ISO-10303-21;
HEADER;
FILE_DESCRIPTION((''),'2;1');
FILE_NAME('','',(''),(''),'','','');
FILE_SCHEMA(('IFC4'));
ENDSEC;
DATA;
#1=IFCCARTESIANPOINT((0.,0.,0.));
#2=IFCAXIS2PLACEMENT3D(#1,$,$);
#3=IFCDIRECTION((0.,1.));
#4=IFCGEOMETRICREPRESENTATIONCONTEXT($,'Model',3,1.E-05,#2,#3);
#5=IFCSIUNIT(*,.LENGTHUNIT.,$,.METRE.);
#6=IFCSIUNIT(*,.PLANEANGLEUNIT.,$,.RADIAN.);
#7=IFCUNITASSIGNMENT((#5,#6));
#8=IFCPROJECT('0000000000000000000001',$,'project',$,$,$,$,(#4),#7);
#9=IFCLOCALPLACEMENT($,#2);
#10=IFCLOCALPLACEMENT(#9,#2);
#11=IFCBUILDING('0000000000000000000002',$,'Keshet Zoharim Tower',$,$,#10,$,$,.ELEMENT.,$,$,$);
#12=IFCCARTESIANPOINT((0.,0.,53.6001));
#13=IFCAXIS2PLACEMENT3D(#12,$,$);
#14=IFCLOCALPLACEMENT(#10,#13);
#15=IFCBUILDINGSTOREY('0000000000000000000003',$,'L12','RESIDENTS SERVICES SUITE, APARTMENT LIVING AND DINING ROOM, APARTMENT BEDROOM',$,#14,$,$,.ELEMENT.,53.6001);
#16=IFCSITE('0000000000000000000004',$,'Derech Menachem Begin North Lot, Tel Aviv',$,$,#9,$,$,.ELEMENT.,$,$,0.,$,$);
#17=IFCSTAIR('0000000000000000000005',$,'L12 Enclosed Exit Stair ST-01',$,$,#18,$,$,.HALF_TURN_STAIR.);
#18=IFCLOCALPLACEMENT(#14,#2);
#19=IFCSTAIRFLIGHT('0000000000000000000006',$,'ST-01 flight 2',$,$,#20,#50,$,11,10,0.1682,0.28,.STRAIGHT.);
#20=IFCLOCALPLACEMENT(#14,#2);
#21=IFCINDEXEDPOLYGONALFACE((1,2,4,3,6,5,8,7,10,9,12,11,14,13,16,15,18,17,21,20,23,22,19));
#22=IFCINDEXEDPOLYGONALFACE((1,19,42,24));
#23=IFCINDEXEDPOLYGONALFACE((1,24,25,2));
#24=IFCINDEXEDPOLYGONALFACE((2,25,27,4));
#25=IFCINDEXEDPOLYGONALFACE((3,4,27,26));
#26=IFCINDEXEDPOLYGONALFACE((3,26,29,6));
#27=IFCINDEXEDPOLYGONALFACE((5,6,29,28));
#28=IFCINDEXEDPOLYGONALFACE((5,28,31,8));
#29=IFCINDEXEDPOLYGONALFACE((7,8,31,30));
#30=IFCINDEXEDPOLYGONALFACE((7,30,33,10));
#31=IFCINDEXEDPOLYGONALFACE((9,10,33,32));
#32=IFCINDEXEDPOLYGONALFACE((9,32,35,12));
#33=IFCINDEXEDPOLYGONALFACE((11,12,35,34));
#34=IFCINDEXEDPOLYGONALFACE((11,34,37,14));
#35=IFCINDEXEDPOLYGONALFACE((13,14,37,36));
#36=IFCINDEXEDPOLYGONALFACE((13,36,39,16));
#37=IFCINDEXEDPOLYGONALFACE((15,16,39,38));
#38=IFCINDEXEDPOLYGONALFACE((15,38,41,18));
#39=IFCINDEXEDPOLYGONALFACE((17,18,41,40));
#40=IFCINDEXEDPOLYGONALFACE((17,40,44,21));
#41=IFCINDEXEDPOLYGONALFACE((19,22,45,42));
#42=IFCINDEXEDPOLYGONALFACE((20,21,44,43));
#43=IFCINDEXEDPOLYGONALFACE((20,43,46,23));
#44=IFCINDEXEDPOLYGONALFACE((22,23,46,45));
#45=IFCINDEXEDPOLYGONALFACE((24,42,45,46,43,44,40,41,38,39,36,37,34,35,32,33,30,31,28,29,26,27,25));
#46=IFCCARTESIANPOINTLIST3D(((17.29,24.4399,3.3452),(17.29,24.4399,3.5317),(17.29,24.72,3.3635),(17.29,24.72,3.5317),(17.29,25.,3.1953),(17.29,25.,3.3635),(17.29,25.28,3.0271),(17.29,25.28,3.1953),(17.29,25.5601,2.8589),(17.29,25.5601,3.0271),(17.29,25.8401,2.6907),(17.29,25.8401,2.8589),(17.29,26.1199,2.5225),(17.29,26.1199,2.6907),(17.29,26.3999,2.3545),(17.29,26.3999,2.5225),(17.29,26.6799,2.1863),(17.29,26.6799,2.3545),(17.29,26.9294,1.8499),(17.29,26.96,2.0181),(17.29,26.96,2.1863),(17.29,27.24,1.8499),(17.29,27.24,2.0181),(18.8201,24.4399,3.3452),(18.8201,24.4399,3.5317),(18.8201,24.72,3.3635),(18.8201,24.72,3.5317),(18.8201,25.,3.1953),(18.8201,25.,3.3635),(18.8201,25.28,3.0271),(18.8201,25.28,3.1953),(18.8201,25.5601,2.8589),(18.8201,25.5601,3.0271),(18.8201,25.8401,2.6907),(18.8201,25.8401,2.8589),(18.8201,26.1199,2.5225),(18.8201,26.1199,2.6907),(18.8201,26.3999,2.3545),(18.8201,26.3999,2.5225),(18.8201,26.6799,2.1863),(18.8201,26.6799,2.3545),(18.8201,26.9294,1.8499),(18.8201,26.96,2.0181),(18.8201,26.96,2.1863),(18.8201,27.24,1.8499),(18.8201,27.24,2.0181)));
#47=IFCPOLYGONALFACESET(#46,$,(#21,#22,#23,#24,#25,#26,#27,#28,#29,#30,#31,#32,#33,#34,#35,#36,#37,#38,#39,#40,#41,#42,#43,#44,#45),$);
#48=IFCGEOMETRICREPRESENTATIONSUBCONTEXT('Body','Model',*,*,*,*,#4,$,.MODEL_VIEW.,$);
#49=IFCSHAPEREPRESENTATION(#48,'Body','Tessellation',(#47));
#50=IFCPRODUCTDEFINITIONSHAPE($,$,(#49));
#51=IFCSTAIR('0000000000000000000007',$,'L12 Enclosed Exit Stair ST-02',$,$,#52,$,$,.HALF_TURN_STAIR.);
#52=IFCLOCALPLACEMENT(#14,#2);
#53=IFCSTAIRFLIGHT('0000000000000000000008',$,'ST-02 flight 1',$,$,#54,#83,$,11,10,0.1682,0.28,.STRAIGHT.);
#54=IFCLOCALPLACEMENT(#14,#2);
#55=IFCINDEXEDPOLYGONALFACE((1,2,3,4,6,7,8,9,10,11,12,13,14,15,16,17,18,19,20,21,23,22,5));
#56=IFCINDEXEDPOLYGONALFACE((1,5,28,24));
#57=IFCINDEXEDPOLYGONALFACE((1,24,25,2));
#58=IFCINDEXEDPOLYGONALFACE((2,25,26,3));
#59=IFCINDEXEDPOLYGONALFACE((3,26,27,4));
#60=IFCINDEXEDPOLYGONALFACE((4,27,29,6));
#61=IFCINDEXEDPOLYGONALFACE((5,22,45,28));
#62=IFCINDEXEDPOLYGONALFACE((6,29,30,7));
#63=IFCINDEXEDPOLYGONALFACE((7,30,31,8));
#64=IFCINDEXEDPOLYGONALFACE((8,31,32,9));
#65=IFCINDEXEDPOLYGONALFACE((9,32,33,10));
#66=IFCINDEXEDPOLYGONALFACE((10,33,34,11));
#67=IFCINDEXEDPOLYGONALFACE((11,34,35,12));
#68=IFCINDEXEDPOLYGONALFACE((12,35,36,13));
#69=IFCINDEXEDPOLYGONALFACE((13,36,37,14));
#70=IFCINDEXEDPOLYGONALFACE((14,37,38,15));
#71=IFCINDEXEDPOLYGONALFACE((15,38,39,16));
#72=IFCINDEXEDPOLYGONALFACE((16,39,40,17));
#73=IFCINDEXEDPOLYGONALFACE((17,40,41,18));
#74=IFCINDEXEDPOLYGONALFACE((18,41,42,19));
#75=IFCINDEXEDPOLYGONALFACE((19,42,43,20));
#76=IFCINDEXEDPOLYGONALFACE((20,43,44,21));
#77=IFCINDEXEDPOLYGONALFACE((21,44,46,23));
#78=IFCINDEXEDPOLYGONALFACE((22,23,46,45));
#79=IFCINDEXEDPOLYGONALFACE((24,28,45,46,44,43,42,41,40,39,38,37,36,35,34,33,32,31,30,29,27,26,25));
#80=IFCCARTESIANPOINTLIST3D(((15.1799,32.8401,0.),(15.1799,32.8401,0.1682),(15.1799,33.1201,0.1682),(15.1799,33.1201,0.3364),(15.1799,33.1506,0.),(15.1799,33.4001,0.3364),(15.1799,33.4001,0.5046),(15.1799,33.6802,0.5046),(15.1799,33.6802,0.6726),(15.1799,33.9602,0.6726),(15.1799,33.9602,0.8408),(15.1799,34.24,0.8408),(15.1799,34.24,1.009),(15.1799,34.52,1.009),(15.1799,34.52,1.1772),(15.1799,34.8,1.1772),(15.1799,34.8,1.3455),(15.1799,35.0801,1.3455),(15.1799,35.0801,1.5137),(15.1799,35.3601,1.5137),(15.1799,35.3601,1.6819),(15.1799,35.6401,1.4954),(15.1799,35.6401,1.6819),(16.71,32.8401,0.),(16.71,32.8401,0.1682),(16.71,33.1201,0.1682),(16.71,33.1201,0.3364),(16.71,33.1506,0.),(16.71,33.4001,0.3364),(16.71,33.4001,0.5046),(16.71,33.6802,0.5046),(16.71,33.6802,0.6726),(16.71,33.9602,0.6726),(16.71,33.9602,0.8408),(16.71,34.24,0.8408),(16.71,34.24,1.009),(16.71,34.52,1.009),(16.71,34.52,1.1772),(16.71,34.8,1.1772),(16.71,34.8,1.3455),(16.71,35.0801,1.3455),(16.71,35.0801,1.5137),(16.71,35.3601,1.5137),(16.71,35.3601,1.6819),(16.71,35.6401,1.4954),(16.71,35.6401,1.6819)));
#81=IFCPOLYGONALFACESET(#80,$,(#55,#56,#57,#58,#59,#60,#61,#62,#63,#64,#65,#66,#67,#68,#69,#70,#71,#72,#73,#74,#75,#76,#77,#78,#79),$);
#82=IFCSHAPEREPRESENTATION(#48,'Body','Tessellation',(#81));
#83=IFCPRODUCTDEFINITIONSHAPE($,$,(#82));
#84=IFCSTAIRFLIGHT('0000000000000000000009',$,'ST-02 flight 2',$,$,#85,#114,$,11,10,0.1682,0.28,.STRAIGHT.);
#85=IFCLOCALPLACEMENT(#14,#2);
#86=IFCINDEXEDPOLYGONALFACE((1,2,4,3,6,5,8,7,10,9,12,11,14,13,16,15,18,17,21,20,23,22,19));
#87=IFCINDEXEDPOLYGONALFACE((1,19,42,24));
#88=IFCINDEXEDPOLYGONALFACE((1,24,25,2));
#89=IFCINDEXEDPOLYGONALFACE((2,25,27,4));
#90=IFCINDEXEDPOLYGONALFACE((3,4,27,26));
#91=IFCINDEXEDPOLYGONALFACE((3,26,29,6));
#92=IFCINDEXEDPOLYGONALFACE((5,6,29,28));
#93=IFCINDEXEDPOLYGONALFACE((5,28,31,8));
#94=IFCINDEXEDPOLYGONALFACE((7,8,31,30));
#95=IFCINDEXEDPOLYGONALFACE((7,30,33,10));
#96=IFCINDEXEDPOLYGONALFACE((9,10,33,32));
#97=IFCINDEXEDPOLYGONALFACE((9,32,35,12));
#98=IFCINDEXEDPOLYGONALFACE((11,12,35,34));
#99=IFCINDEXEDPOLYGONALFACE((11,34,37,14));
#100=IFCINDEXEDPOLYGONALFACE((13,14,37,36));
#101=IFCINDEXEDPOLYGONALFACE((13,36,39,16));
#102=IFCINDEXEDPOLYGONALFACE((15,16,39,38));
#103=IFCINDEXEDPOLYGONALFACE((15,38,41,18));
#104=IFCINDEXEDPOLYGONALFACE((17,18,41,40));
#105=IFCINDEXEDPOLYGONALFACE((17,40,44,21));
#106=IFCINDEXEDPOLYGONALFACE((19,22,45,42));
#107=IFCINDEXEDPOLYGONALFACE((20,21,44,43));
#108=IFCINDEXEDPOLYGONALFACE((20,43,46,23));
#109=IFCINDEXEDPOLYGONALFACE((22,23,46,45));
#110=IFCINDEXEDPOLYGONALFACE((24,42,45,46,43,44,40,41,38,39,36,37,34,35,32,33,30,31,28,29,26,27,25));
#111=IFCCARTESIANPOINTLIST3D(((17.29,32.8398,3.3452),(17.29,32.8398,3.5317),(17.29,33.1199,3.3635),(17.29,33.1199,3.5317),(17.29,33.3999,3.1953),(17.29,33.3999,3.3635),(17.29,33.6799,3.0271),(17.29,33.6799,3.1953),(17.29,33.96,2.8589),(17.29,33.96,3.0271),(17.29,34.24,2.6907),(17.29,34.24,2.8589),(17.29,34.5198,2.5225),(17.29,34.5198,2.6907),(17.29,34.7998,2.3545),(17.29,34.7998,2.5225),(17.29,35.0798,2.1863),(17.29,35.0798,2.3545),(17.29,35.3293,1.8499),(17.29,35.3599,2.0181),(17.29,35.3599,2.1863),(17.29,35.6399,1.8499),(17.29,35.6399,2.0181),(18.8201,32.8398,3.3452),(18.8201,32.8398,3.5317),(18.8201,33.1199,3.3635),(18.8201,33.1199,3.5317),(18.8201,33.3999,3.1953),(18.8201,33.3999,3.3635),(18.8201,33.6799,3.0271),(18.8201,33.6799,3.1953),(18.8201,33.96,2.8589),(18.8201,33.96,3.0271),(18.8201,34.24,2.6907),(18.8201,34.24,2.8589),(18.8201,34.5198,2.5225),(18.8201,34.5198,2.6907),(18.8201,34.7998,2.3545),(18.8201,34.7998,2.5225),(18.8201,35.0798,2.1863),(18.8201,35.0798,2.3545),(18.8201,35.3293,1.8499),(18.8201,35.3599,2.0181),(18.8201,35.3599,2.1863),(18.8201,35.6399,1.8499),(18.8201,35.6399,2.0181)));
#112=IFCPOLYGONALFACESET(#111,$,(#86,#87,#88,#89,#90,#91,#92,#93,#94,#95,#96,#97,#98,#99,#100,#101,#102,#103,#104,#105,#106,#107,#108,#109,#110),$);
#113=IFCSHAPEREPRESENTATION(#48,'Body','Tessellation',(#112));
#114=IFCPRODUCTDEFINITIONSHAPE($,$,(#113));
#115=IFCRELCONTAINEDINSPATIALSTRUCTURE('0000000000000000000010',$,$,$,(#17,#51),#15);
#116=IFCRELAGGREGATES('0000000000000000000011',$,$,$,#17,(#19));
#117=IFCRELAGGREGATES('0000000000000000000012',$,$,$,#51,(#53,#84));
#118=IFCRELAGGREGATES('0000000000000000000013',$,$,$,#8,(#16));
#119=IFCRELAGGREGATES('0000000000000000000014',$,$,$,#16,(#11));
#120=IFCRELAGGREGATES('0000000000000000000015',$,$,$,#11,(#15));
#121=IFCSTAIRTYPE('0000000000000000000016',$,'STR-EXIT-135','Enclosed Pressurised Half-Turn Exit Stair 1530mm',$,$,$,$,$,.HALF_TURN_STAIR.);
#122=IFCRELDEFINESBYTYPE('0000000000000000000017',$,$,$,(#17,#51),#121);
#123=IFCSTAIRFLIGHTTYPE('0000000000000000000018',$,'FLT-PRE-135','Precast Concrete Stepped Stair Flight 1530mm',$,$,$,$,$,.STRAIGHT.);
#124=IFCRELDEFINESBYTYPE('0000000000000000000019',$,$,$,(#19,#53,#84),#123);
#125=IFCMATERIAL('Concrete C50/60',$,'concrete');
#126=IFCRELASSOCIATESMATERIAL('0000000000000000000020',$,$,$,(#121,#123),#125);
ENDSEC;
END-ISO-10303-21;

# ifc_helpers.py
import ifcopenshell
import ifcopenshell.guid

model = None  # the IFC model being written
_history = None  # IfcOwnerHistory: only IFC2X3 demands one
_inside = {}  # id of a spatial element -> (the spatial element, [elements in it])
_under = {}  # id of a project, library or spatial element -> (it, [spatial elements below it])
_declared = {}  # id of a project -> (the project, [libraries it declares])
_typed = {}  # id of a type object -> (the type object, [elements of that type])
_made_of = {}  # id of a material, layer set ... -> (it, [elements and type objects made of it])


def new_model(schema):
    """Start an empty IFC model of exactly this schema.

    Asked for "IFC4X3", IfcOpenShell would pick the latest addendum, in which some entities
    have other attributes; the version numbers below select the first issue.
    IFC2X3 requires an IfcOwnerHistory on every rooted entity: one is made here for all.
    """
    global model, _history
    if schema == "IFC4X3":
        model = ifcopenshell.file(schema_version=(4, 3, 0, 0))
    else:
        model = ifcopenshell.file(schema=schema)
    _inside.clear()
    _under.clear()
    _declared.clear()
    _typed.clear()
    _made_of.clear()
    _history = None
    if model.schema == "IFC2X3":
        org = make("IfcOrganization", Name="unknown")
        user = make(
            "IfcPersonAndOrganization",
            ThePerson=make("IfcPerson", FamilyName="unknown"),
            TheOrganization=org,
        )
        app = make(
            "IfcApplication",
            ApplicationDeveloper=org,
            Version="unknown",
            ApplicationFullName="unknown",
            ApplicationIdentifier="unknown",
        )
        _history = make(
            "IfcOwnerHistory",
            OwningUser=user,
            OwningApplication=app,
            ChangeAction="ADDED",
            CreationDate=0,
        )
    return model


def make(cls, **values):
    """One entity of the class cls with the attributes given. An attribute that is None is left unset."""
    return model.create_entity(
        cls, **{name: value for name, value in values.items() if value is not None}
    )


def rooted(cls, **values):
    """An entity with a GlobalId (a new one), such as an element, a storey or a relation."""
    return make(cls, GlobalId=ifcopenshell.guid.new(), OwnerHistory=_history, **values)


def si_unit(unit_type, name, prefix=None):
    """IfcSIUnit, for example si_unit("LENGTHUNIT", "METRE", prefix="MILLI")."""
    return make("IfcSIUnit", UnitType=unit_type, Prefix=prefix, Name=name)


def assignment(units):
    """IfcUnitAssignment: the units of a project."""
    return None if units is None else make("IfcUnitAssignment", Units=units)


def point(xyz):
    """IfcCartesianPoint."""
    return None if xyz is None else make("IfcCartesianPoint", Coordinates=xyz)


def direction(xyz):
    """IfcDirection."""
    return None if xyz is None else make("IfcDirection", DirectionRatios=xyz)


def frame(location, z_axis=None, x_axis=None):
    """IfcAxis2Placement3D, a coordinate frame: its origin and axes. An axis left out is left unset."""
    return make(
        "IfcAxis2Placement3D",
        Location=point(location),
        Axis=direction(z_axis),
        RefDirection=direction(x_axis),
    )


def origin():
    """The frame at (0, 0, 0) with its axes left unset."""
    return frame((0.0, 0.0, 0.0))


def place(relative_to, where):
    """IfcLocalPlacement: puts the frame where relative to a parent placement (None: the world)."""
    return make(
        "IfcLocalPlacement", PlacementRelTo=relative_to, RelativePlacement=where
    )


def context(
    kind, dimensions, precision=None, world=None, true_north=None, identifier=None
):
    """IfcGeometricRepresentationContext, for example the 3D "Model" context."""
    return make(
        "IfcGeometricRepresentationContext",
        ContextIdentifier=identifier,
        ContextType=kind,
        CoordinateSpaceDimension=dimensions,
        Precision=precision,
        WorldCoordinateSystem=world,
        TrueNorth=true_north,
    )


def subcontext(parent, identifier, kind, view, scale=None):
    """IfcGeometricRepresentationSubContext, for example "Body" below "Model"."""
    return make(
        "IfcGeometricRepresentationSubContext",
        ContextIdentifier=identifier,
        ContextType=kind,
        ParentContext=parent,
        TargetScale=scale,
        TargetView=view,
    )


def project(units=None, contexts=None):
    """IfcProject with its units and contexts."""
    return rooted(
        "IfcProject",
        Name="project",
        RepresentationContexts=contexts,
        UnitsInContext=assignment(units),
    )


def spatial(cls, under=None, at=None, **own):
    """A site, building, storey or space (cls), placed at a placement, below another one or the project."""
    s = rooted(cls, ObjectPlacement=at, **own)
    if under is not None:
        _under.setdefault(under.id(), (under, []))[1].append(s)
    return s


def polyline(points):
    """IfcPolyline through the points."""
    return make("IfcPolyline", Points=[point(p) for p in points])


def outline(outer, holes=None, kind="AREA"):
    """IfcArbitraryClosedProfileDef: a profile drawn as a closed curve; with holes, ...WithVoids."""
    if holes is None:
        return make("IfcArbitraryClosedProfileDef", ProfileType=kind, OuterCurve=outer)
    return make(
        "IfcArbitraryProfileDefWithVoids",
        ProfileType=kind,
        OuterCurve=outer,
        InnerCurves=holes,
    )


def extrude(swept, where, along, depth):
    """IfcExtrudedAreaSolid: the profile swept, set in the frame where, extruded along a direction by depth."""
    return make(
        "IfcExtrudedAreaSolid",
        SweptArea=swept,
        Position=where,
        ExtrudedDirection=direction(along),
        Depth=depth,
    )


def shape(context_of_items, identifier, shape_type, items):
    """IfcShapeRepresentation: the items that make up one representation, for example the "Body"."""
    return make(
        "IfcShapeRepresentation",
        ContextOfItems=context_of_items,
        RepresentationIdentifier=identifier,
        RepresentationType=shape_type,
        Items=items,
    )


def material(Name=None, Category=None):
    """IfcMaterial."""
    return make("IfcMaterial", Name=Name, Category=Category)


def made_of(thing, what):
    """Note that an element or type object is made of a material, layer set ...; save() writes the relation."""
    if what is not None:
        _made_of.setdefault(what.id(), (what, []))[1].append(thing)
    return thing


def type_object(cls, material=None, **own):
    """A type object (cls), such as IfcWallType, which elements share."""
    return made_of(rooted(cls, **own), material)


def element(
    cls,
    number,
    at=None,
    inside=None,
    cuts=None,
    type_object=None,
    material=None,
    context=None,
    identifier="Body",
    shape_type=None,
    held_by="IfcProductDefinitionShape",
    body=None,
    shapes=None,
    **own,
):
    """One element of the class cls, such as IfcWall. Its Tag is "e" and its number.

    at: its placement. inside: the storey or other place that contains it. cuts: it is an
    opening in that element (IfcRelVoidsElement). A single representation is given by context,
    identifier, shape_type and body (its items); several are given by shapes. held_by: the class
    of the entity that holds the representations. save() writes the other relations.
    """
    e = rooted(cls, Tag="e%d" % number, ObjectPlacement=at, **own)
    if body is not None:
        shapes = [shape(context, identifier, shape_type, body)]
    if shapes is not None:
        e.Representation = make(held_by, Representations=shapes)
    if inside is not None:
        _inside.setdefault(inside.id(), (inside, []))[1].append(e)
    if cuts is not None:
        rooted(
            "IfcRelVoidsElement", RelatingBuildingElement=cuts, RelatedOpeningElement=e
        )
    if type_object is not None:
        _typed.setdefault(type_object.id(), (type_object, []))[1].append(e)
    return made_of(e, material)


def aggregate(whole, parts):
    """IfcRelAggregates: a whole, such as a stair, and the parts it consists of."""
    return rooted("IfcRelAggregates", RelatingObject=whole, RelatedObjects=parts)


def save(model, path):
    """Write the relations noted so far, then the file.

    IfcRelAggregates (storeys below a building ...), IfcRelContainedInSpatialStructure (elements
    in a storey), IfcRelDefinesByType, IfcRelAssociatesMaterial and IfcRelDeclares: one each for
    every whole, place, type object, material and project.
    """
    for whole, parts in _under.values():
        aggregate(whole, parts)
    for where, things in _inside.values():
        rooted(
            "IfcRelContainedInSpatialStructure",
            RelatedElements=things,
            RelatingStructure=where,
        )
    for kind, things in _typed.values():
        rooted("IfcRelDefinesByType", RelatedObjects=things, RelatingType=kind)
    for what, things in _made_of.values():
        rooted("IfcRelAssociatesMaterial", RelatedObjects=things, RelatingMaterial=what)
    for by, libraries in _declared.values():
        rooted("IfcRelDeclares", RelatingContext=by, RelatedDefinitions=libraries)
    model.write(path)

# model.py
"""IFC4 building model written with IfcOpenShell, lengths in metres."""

from ifc_helpers import new_model, si_unit, direction, frame, origin, place, context, subcontext, project, spatial, polyline, outline, extrude, material, type_object, element, aggregate, save


model = new_model("IFC4")

# Units and contexts
model_context = context("Model", 3, precision=1e-05, world=origin(), true_north=direction((0.0, 1.0)))
body_context = subcontext(model_context, "Body", "Model", "MODEL_VIEW")
ifc_project = project(units=[si_unit("LENGTHUNIT", "METRE"), si_unit("PLANEANGLEUNIT", "RADIAN")], contexts=[model_context])

# Site, building, storey
site_placement = place(None, origin())
site = spatial("IfcSite", under=ifc_project, at=site_placement, Name="Derech Menachem Begin North Lot, Tel Aviv", CompositionType="ELEMENT", RefElevation=0.0)
building_placement = place(site_placement, origin())
building = spatial("IfcBuilding", under=site, at=building_placement, Name="Keshet Zoharim Tower", CompositionType="ELEMENT")
storey_placement = place(building_placement, frame((0.0, 0.0, 53.6001)))
storey = spatial("IfcBuildingStorey", under=building, at=storey_placement, Name="L12", Description="RESIDENTS SERVICES SUITE, APARTMENT LIVING AND DINING ROOM, APARTMENT BEDROOM", CompositionType="ELEMENT", Elevation=53.6001)

# Stair, stair flight
ifc_material_1 = material(Name="Concrete C50/60", Category="concrete")
stair_type = type_object("IfcStairType", Name="STR-EXIT-135", Description="Enclosed Pressurised Half-Turn Exit Stair 1530mm", PredefinedType="HALF_TURN_STAIR", material=ifc_material_1)
stair_1_placement = place(storey_placement, origin())
stair_1 = element("IfcStair", 1, at=stair_1_placement, inside=storey, type_object=stair_type, Name="L12 Enclosed Exit Stair ST-01", PredefinedType="HALF_TURN_STAIR")
stair_flight_type = type_object("IfcStairFlightType", Name="FLT-PRE-135", Description="Precast Concrete Stepped Stair Flight 1530mm", PredefinedType="STRAIGHT", material=ifc_material_1)
stair_flight_1_placement = place(storey_placement, frame((18.0549, 27.24, 1.8499), z_axis=(0.0, 0.0, 1.0), x_axis=(0.0, -1.0, 0.0)))
stair_flight_1 = element("IfcStairFlight", 2, at=stair_flight_1_placement, type_object=stair_flight_type, Name="ST-01 flight 2", NumberOfRisers=11, NumberOfTreads=10, PredefinedType="STRAIGHT", RiserHeight=0.1682, TreadLength=0.28, context=body_context, shape_type="SweptSolid", body=[
    extrude(outline(polyline([(0.0, 0.0), (0.0, 0.1682), (0.28, 0.1682), (0.28, 0.3364), (0.5601, 0.3364), (0.5601, 0.5046), (0.8401, 0.5046), (0.8401, 0.6726), (1.1201, 0.6726), (1.1201, 0.8408), (1.3999, 0.8408), (1.3999, 1.009), (1.6799, 1.009), (1.6799, 1.1772), (1.96, 1.1772), (1.96, 1.3455), (2.24, 1.3455), (2.24, 1.5137), (2.52, 1.5137), (2.52, 1.6819), (2.8, 1.6819), (2.8, 1.8501), (2.8, 1.4954), (0.3105, 0.0), (0.0, 0.0)])), frame((0.0, 0.7651, 0.0), z_axis=(0.0, -1.0, 0.0), x_axis=(1.0, 0.0, 0.0)), (0.0, 0.0, 1.0), 1.53),
])
aggregate(stair_1, [stair_flight_1])

# Stair, stair flights
stair_2_placement = place(storey_placement, origin())
stair_2 = element("IfcStair", 3, at=stair_2_placement, inside=storey, type_object=stair_type, Name="L12 Enclosed Exit Stair ST-02", PredefinedType="HALF_TURN_STAIR")
stair_flight_2_placement = place(storey_placement, frame((15.9451, 32.8401, 0.0), z_axis=(0.0, 0.0, 1.0), x_axis=(0.0, 1.0, 0.0)))
stair_flight_2 = element("IfcStairFlight", 4, at=stair_flight_2_placement, type_object=stair_flight_type, Name="ST-02 flight 1", NumberOfRisers=11, NumberOfTreads=10, PredefinedType="STRAIGHT", RiserHeight=0.1682, TreadLength=0.28, context=body_context, shape_type="SweptSolid", body=[
    extrude(outline(polyline([(0.0, 0.0), (0.0, 0.1682), (0.28, 0.1682), (0.28, 0.3364), (0.5601, 0.3364), (0.5601, 0.5046), (0.8401, 0.5046), (0.8401, 0.6726), (1.1201, 0.6726), (1.1201, 0.8408), (1.3999, 0.8408), (1.3999, 1.009), (1.6799, 1.009), (1.6799, 1.1772), (1.96, 1.1772), (1.96, 1.3455), (2.24, 1.3455), (2.24, 1.5137), (2.52, 1.5137), (2.52, 1.6819), (2.8, 1.6819), (2.8, 1.8501), (2.8, 1.4954), (0.3105, 0.0), (0.0, 0.0)])), frame((0.0, 0.7651, 0.0), z_axis=(0.0, -1.0, 0.0), x_axis=(1.0, 0.0, 0.0)), (0.0, 0.0, 1.0), 1.53),
])
stair_flight_3_placement = place(storey_placement, frame((18.0549, 35.6399, 1.8499), z_axis=(0.0, 0.0, 1.0), x_axis=(0.0, -1.0, 0.0)))
stair_flight_3 = element("IfcStairFlight", 5, at=stair_flight_3_placement, type_object=stair_flight_type, Name="ST-02 flight 2", NumberOfRisers=11, NumberOfTreads=10, PredefinedType="STRAIGHT", RiserHeight=0.1682, TreadLength=0.28, context=body_context, shape_type="SweptSolid", body=[
    extrude(outline(polyline([(0.0, 0.0), (0.0, 0.1682), (0.28, 0.1682), (0.28, 0.3364), (0.5601, 0.3364), (0.5601, 0.5046), (0.8401, 0.5046), (0.8401, 0.6726), (1.1201, 0.6726), (1.1201, 0.8408), (1.3999, 0.8408), (1.3999, 1.009), (1.6799, 1.009), (1.6799, 1.1772), (1.96, 1.1772), (1.96, 1.3455), (2.24, 1.3455), (2.24, 1.5137), (2.52, 1.5137), (2.52, 1.6819), (2.8, 1.6819), (2.8, 1.8501), (2.8, 1.4954), (0.3105, 0.0), (0.0, 0.0)])), frame((0.0, 0.7651, 0.0), z_axis=(0.0, -1.0, 0.0), x_axis=(1.0, 0.0, 0.0)), (0.0, 0.0, 1.0), 1.53),
])
aggregate(stair_2, [stair_flight_2, stair_flight_3])

save(model, "model.ifc")
